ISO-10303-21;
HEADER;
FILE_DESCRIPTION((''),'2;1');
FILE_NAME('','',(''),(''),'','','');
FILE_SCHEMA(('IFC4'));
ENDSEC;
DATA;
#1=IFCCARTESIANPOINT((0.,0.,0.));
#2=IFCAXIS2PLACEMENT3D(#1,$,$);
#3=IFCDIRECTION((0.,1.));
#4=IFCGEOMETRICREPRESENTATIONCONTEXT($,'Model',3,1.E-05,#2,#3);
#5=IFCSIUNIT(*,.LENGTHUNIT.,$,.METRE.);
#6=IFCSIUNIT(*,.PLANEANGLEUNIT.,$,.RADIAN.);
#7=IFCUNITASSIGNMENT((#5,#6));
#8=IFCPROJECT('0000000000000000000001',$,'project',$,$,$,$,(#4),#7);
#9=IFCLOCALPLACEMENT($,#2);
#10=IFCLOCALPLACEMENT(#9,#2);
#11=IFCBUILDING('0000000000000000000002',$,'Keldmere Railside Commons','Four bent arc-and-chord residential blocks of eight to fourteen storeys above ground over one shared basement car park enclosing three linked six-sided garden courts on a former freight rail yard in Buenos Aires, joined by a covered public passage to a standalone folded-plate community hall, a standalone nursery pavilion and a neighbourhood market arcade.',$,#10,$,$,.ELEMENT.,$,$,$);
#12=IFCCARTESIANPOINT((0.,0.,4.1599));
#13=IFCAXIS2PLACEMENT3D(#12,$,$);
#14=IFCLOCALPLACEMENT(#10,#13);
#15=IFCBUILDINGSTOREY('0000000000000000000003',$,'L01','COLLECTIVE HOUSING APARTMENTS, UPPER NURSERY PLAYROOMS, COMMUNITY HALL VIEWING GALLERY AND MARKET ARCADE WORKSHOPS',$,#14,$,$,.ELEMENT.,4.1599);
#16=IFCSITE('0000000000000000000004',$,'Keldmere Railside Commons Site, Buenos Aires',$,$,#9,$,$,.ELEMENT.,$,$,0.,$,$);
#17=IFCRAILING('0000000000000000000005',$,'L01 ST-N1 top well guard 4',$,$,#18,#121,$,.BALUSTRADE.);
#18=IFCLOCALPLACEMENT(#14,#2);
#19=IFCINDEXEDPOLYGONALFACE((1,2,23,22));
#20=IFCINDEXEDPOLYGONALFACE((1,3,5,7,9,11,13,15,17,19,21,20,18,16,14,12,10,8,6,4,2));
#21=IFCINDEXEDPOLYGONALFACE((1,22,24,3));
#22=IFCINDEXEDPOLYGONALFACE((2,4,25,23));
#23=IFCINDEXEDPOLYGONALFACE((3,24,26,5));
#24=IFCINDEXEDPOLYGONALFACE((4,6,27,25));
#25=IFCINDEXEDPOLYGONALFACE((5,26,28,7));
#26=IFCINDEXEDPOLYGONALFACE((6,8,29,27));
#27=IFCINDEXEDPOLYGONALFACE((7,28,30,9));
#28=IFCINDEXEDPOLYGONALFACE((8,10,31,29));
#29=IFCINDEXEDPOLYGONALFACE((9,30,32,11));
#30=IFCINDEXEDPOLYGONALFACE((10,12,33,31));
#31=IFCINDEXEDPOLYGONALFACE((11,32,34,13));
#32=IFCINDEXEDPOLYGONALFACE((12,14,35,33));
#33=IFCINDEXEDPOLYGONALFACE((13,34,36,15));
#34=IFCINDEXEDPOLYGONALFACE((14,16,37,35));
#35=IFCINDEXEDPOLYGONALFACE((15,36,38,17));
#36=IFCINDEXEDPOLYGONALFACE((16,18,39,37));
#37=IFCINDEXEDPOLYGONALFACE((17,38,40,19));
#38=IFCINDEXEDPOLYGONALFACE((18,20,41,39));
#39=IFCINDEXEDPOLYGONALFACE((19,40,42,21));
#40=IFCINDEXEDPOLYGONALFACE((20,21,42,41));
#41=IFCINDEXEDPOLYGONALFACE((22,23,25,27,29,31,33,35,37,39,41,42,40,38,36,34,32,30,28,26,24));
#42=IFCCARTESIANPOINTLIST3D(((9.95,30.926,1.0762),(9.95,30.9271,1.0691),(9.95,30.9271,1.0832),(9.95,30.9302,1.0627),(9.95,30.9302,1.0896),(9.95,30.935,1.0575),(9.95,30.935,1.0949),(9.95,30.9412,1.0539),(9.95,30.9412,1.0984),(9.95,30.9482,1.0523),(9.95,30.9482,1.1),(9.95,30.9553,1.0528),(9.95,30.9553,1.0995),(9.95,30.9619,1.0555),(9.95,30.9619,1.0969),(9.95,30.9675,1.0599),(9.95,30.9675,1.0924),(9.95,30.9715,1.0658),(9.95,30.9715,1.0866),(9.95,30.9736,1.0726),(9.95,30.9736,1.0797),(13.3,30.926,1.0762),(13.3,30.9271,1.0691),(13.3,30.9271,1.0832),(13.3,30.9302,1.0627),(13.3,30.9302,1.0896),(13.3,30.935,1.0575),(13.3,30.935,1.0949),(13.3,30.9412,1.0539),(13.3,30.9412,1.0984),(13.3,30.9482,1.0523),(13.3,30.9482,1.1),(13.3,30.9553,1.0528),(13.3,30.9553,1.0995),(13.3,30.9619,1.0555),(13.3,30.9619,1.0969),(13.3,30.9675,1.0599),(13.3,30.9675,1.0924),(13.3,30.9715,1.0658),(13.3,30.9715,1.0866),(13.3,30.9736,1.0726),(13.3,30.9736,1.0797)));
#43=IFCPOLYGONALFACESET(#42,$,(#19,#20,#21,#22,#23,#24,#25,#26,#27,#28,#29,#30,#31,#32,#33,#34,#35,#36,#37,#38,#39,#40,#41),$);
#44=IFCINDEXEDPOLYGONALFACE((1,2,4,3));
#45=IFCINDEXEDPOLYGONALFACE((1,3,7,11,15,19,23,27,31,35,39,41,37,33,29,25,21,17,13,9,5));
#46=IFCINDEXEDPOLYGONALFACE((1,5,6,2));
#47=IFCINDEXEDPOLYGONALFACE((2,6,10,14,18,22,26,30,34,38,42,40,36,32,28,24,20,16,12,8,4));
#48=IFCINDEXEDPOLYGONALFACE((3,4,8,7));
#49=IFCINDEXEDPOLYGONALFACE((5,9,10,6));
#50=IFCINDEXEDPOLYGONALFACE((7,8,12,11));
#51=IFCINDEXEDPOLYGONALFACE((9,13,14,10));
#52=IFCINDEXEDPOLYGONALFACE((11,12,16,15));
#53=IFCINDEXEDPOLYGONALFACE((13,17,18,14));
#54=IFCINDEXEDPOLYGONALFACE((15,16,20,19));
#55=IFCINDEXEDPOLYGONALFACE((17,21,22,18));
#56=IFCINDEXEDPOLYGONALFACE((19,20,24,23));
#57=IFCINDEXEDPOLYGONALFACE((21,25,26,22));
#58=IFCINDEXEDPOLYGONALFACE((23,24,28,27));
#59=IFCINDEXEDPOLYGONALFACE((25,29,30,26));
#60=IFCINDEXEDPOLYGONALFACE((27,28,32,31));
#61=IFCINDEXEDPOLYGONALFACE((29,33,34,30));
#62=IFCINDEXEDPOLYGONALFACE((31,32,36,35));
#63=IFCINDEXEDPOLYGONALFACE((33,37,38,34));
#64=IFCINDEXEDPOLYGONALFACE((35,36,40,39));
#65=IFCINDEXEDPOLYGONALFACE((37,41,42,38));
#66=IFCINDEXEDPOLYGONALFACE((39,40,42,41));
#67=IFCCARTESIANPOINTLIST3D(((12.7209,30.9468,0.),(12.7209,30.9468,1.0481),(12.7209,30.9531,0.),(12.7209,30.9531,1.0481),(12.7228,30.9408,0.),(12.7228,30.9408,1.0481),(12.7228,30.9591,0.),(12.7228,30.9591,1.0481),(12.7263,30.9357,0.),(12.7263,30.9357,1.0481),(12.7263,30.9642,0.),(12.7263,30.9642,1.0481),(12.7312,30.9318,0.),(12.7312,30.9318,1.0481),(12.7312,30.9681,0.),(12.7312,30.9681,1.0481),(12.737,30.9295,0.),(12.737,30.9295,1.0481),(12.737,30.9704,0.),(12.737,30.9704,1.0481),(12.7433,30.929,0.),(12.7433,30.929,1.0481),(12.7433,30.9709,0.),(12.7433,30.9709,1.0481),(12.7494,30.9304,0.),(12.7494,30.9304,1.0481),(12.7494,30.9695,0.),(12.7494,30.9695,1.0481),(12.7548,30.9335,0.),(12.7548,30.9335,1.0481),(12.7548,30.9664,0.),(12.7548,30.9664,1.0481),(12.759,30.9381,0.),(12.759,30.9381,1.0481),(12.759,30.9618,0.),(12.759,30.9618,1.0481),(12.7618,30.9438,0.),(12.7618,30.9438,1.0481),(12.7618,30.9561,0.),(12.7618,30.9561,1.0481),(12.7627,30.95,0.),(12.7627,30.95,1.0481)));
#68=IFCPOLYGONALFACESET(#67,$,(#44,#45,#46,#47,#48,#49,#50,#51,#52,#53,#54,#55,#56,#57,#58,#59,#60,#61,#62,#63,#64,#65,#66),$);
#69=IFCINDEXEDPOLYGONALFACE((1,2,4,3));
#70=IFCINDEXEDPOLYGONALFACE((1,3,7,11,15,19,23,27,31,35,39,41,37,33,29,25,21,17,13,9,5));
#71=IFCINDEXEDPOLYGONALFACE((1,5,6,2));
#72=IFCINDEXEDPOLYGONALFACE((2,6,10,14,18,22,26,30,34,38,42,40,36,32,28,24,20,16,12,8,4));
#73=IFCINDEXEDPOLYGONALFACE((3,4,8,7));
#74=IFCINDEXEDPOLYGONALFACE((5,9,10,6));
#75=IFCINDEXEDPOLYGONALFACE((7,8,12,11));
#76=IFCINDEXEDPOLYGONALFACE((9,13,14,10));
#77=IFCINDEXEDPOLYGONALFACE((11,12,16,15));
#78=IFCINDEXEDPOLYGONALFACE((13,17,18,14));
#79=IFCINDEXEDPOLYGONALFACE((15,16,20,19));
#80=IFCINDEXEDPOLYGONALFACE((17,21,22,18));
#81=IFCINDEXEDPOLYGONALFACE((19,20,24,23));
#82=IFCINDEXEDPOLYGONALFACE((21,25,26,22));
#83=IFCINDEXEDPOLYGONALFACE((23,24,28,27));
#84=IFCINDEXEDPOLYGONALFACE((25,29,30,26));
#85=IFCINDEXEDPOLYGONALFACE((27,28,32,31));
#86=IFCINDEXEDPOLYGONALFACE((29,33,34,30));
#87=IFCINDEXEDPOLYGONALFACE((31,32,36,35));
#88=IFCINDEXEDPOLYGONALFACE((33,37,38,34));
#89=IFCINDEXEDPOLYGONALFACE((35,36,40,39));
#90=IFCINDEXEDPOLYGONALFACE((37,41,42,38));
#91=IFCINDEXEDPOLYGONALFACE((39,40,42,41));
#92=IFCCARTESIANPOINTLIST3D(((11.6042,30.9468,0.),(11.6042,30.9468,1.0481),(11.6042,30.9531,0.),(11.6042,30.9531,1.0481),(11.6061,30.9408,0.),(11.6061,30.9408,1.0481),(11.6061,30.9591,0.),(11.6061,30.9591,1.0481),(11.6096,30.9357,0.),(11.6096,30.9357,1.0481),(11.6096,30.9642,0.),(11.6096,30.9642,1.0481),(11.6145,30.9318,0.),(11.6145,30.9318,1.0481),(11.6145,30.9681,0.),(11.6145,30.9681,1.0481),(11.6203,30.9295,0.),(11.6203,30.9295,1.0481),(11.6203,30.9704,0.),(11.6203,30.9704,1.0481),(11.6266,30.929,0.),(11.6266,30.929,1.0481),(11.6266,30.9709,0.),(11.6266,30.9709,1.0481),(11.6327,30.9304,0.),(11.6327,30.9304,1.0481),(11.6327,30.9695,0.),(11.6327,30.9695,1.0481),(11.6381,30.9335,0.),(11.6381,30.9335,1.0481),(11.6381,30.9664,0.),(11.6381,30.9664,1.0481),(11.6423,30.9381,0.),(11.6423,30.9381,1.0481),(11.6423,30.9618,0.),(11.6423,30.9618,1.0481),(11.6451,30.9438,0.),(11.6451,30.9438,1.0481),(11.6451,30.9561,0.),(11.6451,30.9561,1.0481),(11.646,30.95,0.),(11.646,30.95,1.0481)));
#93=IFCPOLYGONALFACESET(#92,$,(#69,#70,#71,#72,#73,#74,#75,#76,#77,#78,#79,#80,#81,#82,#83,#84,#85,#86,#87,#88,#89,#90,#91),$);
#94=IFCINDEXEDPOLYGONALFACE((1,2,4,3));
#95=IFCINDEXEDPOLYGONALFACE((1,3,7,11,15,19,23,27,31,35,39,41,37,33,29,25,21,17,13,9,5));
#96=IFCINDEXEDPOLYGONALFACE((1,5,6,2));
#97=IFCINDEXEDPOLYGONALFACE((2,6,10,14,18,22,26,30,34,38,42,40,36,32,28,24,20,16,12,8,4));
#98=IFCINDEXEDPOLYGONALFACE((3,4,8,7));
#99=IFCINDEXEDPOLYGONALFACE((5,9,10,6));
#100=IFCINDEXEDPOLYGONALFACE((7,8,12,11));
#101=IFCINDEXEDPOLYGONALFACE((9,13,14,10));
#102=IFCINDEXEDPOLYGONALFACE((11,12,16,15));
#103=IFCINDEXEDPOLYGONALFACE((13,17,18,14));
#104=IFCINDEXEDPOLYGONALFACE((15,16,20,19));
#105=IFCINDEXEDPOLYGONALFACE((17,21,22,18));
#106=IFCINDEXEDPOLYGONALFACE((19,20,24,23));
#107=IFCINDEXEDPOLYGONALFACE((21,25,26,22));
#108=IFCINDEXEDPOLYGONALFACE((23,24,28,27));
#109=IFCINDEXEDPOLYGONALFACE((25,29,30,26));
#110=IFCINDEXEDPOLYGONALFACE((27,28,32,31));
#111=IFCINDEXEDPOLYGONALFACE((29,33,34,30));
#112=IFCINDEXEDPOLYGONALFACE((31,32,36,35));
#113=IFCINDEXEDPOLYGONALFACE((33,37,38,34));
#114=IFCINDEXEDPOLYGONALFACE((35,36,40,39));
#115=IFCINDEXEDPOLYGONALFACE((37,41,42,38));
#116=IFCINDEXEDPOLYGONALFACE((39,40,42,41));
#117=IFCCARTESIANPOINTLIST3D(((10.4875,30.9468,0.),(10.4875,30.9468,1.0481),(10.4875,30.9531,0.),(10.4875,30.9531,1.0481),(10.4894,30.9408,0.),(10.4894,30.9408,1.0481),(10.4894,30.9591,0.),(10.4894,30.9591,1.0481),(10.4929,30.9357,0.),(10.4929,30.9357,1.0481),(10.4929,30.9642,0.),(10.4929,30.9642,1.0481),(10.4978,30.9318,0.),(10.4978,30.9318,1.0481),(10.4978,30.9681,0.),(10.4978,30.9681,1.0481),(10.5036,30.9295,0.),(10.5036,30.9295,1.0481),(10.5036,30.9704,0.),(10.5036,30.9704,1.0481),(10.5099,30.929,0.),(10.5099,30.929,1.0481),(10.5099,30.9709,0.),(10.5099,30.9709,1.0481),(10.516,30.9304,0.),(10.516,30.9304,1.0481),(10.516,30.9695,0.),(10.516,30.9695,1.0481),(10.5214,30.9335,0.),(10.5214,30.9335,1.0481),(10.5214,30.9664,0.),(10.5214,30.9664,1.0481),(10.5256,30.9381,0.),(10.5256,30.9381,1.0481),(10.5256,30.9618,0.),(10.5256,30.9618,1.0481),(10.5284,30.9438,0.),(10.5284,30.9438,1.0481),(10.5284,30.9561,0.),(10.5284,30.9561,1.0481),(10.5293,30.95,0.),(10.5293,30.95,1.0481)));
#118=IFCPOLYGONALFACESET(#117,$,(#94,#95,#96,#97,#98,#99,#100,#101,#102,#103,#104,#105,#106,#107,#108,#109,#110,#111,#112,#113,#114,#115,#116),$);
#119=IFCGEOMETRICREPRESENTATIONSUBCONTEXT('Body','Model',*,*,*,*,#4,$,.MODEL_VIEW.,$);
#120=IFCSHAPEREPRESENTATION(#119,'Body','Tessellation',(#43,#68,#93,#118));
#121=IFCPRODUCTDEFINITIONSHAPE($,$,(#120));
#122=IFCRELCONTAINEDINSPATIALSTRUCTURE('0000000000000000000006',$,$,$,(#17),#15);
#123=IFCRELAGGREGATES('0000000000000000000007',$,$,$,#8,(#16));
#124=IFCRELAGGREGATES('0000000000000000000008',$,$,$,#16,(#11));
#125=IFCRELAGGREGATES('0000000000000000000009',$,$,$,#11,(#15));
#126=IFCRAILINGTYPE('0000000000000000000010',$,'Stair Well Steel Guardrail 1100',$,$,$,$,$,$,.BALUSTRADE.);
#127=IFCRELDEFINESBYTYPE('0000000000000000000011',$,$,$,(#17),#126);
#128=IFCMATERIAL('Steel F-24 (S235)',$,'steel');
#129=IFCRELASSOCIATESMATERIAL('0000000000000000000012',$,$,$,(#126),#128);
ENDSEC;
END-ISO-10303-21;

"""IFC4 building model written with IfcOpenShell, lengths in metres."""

from ifc_helpers import new_model, si_unit, direction, frame, origin, origin_2d, place, context, subcontext, project, spatial, circle, extrude, material, type_object, element, save


model = new_model("IFC4")

# Units and contexts
model_context = context("Model", 3, precision=1e-05, world=origin(), true_north=direction((0.0, 1.0)))
body_context = subcontext(model_context, "Body", "Model", "MODEL_VIEW")
ifc_project = project(units=[si_unit("LENGTHUNIT", "METRE"), si_unit("PLANEANGLEUNIT", "RADIAN")], contexts=[model_context])

# Site, building, storey
site_placement = place(None, origin())
site = spatial("IfcSite", under=ifc_project, at=site_placement, Name="Keldmere Railside Commons Site, Buenos Aires", CompositionType="ELEMENT", RefElevation=0.0)
building_placement = place(site_placement, origin())
building = spatial("IfcBuilding", under=site, at=building_placement, Name="Keldmere Railside Commons", Description="Four bent arc-and-chord residential blocks of eight to fourteen storeys above ground over one shared basement car park enclosing three linked six-sided garden courts on a former freight rail yard in Buenos Aires, joined by a covered public passage to a standalone folded-plate community hall, a standalone nursery pavilion and a neighbourhood market arcade.", CompositionType="ELEMENT")
storey_placement = place(building_placement, frame((0.0, 0.0, 4.1599)))
storey = spatial("IfcBuildingStorey", under=building, at=storey_placement, Name="L01", Description="COLLECTIVE HOUSING APARTMENTS, UPPER NURSERY PLAYROOMS, COMMUNITY HALL VIEWING GALLERY AND MARKET ARCADE WORKSHOPS", CompositionType="ELEMENT", Elevation=4.1599)

# Shared definitions
ifc_material_1 = material(Name="Steel F-24 (S235)", Category="steel")

# Railing
railing_type = type_object("IfcRailingType", Name="Stair Well Steel Guardrail 1100", PredefinedType="BALUSTRADE", material=ifc_material_1)
railing_1_placement = place(storey_placement, frame((13.3, 30.95, 0.0)))
element("IfcRailing", 1, at=railing_1_placement, inside=storey, type_object=railing_type, Name="L01 ST-N1 top well guard 4", PredefinedType="BALUSTRADE", context=body_context, shape_type="SweptSolid", body=[
    extrude(circle(Radius=0.0239, at=origin_2d()), frame((0.0, 0.0, 1.0762), z_axis=(-1.0, 0.0, 0.0), x_axis=(0.0, -1.0, 0.0)), (0.0, 0.0, 1.0), 3.3501),
    extrude(circle(Radius=0.021, at=origin_2d()), frame((-0.5583, 0.0, 0.0)), (0.0, 0.0, 1.0), 1.0481),
    extrude(circle(Radius=0.021, at=origin_2d()), frame((-1.675, 0.0, 0.0)), (0.0, 0.0, 1.0), 1.0481),
    extrude(circle(Radius=0.021, at=origin_2d()), frame((-2.7917, 0.0, 0.0)), (0.0, 0.0, 1.0), 1.0481),
])

save(model, "model.ifc")
